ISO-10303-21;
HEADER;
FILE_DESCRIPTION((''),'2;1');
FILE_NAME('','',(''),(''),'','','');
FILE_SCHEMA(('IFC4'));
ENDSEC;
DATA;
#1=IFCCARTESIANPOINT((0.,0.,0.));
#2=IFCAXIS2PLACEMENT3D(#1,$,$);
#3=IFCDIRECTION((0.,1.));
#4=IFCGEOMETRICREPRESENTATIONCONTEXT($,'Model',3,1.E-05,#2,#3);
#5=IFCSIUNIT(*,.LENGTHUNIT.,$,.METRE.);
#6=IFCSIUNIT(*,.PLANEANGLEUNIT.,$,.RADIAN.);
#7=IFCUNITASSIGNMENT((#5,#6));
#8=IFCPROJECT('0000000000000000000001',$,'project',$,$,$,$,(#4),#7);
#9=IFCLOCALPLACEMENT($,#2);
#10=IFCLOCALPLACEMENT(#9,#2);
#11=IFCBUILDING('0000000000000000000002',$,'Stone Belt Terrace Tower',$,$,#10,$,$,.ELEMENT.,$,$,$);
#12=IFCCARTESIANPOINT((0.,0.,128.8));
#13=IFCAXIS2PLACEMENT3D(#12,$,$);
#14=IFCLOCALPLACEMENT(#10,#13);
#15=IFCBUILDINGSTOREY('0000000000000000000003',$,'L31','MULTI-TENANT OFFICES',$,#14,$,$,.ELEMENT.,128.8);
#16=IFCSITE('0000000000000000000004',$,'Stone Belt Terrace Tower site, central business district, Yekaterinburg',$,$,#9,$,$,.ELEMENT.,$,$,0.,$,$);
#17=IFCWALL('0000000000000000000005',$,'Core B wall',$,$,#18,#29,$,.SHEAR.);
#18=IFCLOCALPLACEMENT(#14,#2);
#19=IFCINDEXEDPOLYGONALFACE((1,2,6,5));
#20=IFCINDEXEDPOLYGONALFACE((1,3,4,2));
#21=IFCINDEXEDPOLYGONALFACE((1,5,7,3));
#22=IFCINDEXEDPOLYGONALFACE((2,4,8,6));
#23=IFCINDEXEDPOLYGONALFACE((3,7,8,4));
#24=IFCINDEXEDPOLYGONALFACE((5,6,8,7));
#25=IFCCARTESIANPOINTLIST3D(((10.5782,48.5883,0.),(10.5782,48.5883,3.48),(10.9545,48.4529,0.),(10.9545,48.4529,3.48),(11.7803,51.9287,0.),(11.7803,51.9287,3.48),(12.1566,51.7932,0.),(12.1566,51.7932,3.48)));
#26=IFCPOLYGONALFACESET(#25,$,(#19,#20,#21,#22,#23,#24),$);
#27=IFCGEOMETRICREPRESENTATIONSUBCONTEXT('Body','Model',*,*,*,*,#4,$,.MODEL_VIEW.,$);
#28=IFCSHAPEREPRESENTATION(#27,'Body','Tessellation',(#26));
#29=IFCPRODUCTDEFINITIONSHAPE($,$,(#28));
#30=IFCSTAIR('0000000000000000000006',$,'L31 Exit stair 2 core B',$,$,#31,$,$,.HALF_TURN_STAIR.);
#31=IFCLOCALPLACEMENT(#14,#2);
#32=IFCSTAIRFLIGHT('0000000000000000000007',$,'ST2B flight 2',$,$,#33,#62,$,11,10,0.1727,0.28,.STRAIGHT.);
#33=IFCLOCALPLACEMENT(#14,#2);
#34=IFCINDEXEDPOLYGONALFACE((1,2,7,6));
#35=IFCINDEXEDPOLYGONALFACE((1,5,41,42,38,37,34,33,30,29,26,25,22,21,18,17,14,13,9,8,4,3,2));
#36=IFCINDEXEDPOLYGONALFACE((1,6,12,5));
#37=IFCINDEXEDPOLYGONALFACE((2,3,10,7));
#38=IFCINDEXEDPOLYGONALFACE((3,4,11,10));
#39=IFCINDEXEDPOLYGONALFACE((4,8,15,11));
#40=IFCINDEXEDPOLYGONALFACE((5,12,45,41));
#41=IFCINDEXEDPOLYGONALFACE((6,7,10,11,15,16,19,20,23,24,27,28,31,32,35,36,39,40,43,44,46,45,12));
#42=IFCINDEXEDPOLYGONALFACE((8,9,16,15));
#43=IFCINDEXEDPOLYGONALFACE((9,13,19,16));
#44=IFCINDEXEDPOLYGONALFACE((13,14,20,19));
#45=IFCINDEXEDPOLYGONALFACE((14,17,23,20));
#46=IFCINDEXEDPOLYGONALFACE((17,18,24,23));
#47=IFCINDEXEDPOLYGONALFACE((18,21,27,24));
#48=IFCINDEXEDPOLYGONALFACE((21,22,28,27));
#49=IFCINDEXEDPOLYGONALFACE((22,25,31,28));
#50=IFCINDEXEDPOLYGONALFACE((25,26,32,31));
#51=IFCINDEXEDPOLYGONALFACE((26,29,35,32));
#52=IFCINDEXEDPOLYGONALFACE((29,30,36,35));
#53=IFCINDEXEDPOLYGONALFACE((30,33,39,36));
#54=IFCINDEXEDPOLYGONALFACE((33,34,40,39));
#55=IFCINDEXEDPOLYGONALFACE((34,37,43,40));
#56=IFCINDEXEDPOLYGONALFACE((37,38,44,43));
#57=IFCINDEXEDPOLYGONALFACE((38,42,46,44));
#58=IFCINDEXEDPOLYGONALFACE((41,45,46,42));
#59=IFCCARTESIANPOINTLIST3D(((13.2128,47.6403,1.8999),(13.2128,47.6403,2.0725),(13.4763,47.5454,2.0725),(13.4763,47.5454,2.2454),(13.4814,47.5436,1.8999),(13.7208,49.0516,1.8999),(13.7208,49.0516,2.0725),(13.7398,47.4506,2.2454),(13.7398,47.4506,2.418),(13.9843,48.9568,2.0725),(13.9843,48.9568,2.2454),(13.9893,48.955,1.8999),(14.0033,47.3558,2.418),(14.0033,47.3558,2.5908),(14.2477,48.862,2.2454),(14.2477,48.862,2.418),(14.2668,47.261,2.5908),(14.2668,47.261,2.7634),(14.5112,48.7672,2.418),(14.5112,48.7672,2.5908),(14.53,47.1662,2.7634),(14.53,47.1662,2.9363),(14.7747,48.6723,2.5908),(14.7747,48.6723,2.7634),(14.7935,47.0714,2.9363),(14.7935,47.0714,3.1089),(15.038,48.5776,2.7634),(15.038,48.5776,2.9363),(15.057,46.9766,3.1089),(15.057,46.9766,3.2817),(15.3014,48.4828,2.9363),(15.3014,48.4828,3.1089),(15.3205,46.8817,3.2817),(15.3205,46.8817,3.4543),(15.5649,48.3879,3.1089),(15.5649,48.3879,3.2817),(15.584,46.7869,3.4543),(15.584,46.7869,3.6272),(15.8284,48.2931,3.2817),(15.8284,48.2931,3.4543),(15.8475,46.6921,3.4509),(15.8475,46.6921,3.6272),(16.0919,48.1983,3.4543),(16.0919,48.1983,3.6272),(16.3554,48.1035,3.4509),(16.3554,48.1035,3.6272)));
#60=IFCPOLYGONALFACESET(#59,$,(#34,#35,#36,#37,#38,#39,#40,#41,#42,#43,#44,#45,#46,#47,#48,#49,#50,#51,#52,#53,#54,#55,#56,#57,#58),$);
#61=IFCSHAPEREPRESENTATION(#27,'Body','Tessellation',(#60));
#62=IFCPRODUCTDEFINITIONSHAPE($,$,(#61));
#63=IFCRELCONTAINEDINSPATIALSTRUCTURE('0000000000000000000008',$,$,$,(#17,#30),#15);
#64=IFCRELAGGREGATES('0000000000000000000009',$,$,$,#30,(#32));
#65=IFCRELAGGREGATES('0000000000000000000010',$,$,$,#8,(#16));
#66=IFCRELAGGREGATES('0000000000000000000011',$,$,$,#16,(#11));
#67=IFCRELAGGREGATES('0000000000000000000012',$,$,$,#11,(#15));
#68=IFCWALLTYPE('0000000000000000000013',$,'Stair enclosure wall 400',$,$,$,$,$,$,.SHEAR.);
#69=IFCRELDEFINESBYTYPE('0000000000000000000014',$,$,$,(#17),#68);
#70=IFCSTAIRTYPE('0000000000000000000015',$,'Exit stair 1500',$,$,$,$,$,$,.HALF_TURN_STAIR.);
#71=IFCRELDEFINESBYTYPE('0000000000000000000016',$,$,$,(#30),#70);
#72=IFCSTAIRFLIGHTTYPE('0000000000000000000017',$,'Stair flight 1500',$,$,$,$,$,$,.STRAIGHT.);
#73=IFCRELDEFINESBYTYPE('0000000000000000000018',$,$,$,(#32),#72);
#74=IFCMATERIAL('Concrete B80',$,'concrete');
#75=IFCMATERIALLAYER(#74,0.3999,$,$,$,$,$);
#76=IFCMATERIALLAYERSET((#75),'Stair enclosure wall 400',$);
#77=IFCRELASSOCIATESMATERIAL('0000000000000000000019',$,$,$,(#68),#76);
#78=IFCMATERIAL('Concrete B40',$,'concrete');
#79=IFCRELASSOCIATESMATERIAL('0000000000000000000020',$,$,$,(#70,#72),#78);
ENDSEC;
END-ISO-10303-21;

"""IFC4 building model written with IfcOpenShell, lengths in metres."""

from ifc_helpers import new_model, si_unit, direction, frame, frame_2d, origin, place, context, subcontext, project, spatial, polyline, rectangle, outline, extrude, material, layer, layer_set, type_object, element, aggregate, save


model = new_model("IFC4")

# Units and contexts
model_context = context("Model", 3, precision=1e-05, world=origin(), true_north=direction((0.0, 1.0)))
body_context = subcontext(model_context, "Body", "Model", "MODEL_VIEW")
ifc_project = project(units=[si_unit("LENGTHUNIT", "METRE"), si_unit("PLANEANGLEUNIT", "RADIAN")], contexts=[model_context])

# Site, building, storey
site_placement = place(None, origin())
site = spatial("IfcSite", under=ifc_project, at=site_placement, Name="Stone Belt Terrace Tower site, central business district, Yekaterinburg", CompositionType="ELEMENT", RefElevation=0.0)
building_placement = place(site_placement, origin())
building = spatial("IfcBuilding", under=site, at=building_placement, Name="Stone Belt Terrace Tower", CompositionType="ELEMENT")
storey_placement = place(building_placement, frame((0.0, 0.0, 128.8)))
storey = spatial("IfcBuildingStorey", under=building, at=storey_placement, Name="L31", Description="MULTI-TENANT OFFICES", CompositionType="ELEMENT", Elevation=128.8)

# Shared definitions
ifc_material_1 = material(Name="Concrete B80", Category="concrete")

# Shared definitions
ifc_layer_1 = layer(ifc_material_1, 0.3999)
ifc_layer_set_1 = layer_set([ifc_layer_1], Name="Stair enclosure wall 400")
wall_type_1 = type_object("IfcWallType", Name="Stair enclosure wall 400", PredefinedType="SHEAR", material=ifc_layer_set_1)

# Wall
wall_1_placement = place(storey_placement, frame((10.7664, 48.5208, 0.0), z_axis=(0.0, 0.0, 1.0), x_axis=(0.338627, 0.940921, 0.0)))
element("IfcWall", 1, at=wall_1_placement, inside=storey, type_object=wall_type_1, Name="Core B wall", PredefinedType="SHEAR", context=body_context, shape_type="SweptSolid", body=[
    extrude(rectangle(XDim=3.55, YDim=0.3999, at=frame_2d((1.7749, 0.0))), origin(), (0.0, 0.0, 1.0), 3.48),
])

# Stair, stair flight
ifc_material_2 = material(Name="Concrete B40", Category="concrete")
stair_type = type_object("IfcStairType", Name="Exit stair 1500", PredefinedType="HALF_TURN_STAIR", material=ifc_material_2)
stair_placement = place(storey_placement, origin())
stair = element("IfcStair", 2, at=stair_placement, inside=storey, type_object=stair_type, Name="L31 Exit stair 2 core B", PredefinedType="HALF_TURN_STAIR")
stair_flight_type = type_object("IfcStairFlightType", Name="Stair flight 1500", PredefinedType="STRAIGHT", material=ifc_material_2)
stair_flight_placement = place(storey_placement, frame((13.4668, 48.3459, 1.8999), z_axis=(0.0, 0.0, 1.0), x_axis=(0.940922, -0.338624, 0.0)))
stair_flight = element("IfcStairFlight", 3, at=stair_flight_placement, type_object=stair_flight_type, Name="ST2B flight 2", NumberOfRisers=11, NumberOfTreads=10, PredefinedType="STRAIGHT", RiserHeight=0.1727, TreadLength=0.28, context=body_context, shape_type="SweptSolid", body=[
    extrude(outline(polyline([(0.0, 0.0), (0.0, 0.1726), (0.28, 0.1726), (0.28, 0.3455), (0.5601, 0.3455), (0.5601, 0.5181), (0.8401, 0.5181), (0.8401, 0.6909), (1.1201, 0.6909), (1.1201, 0.8635), (1.3999, 0.8635), (1.3999, 1.0364), (1.6799, 1.0364), (1.6799, 1.209), (1.96, 1.209), (1.96, 1.3818), (2.24, 1.3818), (2.24, 1.5544), (2.52, 1.5544), (2.52, 1.7273), (2.8, 1.7273), (2.8, 1.8999), (2.8, 1.551), (0.2854, 0.0), (0.0, 0.0)])), frame((0.0, 0.75, 0.0), z_axis=(0.0, -1.0, 0.0), x_axis=(1.0, 0.0, 0.0)), (0.0, 0.0, 1.0), 1.5),
])
aggregate(stair, [stair_flight])

save(model, "model.ifc")
